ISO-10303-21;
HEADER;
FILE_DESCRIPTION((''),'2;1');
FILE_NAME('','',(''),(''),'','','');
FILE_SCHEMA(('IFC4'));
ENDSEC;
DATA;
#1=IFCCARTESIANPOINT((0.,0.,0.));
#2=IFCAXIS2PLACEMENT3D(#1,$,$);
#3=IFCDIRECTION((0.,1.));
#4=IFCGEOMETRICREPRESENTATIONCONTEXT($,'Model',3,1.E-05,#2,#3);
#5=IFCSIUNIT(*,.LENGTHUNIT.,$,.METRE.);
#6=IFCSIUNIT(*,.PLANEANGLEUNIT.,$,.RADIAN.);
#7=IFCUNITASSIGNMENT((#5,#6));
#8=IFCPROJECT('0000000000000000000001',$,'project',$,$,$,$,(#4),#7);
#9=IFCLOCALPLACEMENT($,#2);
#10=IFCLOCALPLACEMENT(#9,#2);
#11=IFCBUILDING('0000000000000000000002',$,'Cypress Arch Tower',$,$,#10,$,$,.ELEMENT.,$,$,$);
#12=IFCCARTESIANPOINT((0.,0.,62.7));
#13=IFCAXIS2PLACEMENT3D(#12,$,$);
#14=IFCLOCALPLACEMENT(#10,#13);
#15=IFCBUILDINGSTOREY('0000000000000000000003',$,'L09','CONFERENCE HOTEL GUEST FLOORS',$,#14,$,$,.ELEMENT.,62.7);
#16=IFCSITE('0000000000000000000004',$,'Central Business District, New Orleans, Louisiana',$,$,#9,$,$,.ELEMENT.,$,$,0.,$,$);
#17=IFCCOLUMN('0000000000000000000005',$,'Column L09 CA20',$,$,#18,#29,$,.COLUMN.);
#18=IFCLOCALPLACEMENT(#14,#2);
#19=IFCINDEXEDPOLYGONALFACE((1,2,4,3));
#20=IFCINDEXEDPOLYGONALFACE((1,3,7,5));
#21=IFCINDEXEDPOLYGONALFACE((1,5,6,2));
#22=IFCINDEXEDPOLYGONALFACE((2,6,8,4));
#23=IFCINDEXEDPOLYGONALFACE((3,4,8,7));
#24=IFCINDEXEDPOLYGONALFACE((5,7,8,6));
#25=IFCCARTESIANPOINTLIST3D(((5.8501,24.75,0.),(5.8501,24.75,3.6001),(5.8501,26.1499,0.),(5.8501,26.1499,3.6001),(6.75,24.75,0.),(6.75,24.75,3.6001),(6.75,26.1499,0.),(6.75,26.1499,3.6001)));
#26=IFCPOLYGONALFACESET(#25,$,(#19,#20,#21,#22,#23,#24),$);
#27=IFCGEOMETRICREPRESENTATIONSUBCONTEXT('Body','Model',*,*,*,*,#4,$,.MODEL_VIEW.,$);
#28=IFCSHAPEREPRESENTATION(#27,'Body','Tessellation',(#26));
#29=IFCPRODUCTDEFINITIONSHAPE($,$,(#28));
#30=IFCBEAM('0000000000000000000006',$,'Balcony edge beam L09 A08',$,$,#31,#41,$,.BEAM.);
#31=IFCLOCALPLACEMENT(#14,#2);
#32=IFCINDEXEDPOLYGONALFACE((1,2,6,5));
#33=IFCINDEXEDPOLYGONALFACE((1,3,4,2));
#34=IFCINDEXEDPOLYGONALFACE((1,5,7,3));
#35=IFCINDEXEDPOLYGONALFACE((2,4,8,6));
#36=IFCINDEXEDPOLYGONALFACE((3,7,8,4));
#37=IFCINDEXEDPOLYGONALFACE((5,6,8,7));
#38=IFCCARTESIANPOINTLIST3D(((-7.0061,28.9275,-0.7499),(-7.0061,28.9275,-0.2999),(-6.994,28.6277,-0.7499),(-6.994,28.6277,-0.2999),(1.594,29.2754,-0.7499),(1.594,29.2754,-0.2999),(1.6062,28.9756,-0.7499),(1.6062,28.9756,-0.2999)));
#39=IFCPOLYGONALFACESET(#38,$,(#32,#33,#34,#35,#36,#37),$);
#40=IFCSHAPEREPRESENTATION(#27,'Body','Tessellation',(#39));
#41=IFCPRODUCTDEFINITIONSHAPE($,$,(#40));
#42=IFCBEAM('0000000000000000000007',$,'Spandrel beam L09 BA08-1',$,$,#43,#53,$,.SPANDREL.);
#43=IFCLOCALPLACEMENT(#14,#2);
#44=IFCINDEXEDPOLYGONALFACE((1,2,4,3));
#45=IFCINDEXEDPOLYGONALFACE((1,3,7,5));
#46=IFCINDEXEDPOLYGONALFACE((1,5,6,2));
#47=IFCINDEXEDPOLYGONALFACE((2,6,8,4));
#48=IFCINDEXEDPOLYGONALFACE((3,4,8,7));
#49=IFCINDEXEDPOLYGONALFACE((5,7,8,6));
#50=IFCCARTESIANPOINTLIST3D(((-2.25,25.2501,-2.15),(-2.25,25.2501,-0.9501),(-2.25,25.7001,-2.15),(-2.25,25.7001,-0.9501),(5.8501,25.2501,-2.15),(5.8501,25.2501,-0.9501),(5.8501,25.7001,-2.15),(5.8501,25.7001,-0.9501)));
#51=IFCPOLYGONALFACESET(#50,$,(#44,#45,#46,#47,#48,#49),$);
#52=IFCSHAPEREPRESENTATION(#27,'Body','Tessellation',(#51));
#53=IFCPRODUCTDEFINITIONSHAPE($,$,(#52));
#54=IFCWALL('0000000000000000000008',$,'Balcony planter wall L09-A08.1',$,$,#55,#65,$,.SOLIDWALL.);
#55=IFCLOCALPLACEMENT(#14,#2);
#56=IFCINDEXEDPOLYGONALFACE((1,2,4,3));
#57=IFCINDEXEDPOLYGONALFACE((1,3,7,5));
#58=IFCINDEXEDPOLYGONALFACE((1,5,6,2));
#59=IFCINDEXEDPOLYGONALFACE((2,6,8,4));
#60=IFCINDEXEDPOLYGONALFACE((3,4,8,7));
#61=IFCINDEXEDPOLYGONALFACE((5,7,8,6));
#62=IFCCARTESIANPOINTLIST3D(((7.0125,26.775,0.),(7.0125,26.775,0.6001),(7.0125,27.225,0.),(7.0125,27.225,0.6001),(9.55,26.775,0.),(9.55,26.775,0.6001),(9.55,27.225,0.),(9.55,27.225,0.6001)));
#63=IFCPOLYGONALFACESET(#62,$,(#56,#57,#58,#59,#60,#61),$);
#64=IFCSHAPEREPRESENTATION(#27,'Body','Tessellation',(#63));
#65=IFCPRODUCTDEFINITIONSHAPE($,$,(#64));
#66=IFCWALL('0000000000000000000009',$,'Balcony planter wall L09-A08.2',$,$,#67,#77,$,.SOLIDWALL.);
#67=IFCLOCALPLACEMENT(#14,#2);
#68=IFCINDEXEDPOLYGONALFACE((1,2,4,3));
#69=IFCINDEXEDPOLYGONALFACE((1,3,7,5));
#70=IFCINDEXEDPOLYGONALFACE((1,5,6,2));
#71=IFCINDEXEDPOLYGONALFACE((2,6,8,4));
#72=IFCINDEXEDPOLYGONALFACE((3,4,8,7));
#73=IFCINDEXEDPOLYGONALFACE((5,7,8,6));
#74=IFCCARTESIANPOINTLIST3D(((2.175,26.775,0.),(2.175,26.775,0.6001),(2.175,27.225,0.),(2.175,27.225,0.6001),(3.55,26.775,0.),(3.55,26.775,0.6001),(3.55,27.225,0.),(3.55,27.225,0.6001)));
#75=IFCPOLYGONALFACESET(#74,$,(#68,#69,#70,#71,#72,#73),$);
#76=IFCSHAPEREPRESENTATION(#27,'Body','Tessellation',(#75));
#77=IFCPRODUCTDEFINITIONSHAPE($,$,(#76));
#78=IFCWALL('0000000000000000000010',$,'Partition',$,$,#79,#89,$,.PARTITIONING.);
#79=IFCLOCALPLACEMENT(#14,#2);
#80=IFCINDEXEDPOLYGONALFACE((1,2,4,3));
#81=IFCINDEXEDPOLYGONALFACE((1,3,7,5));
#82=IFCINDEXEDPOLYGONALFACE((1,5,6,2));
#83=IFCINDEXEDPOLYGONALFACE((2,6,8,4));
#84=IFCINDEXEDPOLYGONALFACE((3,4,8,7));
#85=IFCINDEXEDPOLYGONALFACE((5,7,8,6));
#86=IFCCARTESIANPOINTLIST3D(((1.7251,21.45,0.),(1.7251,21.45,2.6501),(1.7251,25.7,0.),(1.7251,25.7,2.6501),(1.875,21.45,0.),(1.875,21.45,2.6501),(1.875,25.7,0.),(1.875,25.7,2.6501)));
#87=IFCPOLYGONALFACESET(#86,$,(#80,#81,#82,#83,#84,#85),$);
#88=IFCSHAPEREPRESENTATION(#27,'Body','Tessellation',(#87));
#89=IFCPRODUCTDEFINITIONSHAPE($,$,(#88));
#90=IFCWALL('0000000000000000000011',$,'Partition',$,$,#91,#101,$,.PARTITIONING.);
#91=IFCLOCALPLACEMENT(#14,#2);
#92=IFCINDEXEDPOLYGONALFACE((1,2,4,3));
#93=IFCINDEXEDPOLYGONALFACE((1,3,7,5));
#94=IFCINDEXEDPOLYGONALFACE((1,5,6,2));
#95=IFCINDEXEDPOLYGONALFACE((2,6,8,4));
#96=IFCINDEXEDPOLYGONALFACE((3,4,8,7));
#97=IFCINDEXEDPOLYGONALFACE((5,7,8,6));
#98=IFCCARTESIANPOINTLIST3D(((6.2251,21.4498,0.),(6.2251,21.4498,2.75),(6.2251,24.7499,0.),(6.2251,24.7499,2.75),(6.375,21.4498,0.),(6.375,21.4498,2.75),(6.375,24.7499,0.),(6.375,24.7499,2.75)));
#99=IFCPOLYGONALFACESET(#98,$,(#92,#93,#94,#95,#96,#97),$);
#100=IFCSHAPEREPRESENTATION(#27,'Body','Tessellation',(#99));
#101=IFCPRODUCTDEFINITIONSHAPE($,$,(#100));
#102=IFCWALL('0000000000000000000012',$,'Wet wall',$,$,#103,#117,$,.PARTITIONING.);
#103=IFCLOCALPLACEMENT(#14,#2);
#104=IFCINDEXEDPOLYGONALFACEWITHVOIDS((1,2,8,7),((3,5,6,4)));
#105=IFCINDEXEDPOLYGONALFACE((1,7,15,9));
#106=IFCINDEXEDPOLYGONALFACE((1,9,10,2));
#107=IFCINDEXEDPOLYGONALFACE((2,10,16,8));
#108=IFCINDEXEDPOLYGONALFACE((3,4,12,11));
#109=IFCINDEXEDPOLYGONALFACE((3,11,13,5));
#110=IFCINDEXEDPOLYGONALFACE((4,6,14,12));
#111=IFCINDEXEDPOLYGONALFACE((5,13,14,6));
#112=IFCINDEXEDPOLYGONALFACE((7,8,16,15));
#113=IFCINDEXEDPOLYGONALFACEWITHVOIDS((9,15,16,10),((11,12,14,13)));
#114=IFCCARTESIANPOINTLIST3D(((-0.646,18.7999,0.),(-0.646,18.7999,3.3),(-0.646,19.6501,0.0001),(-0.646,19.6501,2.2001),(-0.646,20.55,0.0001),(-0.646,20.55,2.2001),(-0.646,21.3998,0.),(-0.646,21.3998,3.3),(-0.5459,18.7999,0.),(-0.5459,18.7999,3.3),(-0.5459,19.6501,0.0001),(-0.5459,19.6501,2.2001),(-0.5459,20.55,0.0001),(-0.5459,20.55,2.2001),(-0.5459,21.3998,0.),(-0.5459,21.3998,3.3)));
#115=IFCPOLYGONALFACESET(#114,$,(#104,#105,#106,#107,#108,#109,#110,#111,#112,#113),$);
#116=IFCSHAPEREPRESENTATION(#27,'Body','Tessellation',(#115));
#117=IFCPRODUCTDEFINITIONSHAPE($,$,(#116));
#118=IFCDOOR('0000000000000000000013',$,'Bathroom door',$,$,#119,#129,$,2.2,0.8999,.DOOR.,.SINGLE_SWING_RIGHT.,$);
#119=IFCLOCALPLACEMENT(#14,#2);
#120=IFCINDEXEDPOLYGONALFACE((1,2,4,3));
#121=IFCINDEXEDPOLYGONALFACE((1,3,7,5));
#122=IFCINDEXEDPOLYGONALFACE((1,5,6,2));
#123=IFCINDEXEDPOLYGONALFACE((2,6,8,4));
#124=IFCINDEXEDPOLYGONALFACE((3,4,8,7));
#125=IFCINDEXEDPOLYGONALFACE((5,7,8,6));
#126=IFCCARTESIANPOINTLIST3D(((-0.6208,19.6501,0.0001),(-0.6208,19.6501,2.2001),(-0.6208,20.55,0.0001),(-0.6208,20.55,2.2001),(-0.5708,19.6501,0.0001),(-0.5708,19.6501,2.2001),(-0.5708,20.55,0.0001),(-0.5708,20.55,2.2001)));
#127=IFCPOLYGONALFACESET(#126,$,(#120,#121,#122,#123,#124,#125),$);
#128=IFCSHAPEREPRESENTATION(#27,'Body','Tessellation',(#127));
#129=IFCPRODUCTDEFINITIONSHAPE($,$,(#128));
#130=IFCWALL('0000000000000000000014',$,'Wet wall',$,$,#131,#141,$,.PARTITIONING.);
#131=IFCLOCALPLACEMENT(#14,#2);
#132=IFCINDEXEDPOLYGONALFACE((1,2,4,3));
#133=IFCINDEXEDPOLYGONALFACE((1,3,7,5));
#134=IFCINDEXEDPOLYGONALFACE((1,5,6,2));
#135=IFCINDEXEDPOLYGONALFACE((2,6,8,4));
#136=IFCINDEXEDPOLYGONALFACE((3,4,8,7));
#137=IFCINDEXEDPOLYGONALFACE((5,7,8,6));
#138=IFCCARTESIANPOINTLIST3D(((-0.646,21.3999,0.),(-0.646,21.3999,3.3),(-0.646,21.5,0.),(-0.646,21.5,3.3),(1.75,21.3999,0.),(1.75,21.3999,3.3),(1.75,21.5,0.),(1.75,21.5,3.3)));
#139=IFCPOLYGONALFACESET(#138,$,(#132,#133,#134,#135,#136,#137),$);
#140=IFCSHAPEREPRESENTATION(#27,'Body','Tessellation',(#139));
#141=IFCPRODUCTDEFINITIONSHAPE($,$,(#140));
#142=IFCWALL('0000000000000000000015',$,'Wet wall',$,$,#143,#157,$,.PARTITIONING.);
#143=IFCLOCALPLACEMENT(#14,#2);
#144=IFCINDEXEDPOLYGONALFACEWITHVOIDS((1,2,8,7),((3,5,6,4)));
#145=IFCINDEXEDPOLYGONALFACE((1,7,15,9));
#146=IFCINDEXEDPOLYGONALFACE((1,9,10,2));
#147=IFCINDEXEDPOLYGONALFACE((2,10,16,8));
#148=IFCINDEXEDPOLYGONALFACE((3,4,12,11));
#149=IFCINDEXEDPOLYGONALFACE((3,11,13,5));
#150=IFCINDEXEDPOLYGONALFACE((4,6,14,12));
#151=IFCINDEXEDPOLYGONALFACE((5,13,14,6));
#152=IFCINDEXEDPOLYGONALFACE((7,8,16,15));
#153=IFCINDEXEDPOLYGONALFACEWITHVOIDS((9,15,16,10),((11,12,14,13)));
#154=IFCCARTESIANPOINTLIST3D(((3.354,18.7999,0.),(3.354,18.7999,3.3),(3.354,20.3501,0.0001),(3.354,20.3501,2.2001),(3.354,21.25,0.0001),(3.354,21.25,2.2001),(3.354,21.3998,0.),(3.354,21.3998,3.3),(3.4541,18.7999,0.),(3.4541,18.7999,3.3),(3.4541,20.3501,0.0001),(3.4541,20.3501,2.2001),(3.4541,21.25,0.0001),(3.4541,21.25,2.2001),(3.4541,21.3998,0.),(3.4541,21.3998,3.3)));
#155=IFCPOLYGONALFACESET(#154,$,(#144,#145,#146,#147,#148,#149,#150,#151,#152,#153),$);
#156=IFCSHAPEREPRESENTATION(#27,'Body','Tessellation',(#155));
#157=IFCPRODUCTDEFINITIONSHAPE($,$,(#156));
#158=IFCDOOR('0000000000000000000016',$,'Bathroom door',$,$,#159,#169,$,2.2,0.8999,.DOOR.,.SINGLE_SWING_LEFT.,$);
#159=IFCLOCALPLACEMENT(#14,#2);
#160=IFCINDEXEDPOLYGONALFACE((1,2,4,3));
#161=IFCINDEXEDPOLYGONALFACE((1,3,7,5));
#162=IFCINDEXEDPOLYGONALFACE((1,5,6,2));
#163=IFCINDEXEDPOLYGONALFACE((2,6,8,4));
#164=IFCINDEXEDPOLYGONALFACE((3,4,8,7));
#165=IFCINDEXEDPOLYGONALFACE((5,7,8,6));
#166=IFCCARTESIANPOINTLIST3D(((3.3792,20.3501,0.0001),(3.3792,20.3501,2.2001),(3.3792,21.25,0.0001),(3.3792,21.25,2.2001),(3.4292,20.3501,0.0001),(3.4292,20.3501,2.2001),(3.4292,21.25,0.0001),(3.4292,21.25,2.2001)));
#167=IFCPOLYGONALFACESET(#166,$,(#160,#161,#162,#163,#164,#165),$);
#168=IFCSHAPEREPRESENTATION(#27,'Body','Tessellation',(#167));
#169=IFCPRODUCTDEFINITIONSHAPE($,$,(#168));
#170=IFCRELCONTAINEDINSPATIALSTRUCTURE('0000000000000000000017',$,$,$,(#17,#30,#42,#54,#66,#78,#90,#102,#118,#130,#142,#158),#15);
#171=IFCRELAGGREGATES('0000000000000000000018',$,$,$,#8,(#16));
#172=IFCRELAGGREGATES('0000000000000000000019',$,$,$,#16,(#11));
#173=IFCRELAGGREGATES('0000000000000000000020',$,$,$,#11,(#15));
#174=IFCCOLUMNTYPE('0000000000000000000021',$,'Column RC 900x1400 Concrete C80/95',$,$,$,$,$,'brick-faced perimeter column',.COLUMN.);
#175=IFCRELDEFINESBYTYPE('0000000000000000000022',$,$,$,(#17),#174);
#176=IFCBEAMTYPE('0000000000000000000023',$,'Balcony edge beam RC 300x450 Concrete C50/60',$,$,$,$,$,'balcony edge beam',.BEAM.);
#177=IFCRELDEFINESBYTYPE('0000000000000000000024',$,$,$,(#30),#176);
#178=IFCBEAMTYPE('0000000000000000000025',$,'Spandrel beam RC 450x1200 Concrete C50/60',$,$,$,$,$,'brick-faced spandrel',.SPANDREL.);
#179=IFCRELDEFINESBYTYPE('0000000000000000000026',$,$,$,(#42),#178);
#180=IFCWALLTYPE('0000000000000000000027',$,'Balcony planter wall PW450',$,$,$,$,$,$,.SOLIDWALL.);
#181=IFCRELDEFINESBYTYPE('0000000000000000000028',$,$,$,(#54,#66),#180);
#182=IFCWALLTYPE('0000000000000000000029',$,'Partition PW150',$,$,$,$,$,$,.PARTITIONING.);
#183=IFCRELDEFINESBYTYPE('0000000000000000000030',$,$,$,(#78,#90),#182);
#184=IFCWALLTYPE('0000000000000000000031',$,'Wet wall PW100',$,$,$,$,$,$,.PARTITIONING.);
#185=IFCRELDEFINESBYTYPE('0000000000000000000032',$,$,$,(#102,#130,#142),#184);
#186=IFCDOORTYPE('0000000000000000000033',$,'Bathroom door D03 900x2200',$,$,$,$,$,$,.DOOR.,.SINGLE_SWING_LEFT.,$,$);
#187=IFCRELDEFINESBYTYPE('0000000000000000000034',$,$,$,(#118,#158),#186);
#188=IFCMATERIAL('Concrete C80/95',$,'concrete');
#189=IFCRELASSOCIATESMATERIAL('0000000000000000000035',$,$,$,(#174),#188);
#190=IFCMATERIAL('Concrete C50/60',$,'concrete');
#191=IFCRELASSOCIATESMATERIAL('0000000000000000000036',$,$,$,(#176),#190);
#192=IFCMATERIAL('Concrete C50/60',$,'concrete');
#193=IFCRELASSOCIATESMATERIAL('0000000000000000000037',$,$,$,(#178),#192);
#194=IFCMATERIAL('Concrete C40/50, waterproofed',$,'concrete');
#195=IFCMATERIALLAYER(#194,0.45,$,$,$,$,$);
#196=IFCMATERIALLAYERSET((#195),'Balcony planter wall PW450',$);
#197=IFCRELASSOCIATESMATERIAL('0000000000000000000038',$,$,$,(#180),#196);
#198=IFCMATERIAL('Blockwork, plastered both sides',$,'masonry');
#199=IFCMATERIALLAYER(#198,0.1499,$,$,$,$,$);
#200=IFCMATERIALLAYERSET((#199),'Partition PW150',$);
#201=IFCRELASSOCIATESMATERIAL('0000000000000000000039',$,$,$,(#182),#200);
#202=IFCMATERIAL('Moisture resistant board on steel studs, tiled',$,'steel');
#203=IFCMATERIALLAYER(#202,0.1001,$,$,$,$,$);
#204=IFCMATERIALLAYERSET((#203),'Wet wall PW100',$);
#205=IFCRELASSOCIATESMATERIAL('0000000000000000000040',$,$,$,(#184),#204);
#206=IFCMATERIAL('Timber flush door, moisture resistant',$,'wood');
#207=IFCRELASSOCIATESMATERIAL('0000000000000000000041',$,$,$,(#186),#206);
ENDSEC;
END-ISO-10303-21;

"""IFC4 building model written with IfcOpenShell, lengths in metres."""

from ifc_helpers import new_model, si_unit, direction, frame, frame_2d, origin, origin_2d, place, context, subcontext, project, spatial, rectangle, extrude, material, layer, layer_set, material_profile, profile_set, type_object, element, fill, save


model = new_model("IFC4")

# Units and contexts
model_context = context("Model", 3, precision=1e-05, world=origin(), true_north=direction((0.0, 1.0)))
body_context = subcontext(model_context, "Body", "Model", "MODEL_VIEW")
ifc_project = project(units=[si_unit("LENGTHUNIT", "METRE"), si_unit("PLANEANGLEUNIT", "RADIAN")], contexts=[model_context])

# Site, building, storey
site_placement = place(None, origin())
site = spatial("IfcSite", under=ifc_project, at=site_placement, Name="Central Business District, New Orleans, Louisiana", CompositionType="ELEMENT", RefElevation=0.0)
building_placement = place(site_placement, origin())
building = spatial("IfcBuilding", under=site, at=building_placement, Name="Cypress Arch Tower", CompositionType="ELEMENT")
storey_placement = place(building_placement, frame((0.0, 0.0, 62.7)))
storey = spatial("IfcBuildingStorey", under=building, at=storey_placement, Name="L09", Description="CONFERENCE HOTEL GUEST FLOORS", CompositionType="ELEMENT", Elevation=62.7)

# Column
ifc_material_1 = material(Name="Concrete C80/95", Category="concrete")
ifc_material_profile_1 = material_profile(ifc_material_1, rectangle(XDim=0.8999, YDim=1.3999, at=origin_2d()), Name="RC 900x1400")
ifc_profile_set_1 = profile_set([ifc_material_profile_1], Name="Concrete C80/95")
column_type = type_object("IfcColumnType", Name="Column RC 900x1400 Concrete C80/95", ElementType="brick-faced perimeter column", PredefinedType="COLUMN", material=ifc_profile_set_1)
column_placement = place(storey_placement, frame((6.3, 25.45, 0.0), z_axis=(0.0, 0.0, 1.0), x_axis=(-1.0, 0.0, 0.0)))
element("IfcColumn", 1, at=column_placement, inside=storey, type_object=column_type, Name="Column L09 CA20", PredefinedType="COLUMN", context=body_context, shape_type="SweptSolid", body=[
    extrude(rectangle(XDim=0.8999, YDim=1.3999, at=origin_2d()), origin(), (0.0, 0.0, 1.0), 3.6001),
])

# Beams
ifc_material_2 = material(Name="Concrete C50/60", Category="concrete")
ifc_material_profile_2 = material_profile(ifc_material_2, rectangle(XDim=0.3, YDim=0.45, at=origin_2d()), Name="RC 300x450")
ifc_profile_set_2 = profile_set([ifc_material_profile_2], Name="Concrete C50/60")
beam_type_1 = type_object("IfcBeamType", Name="Balcony edge beam RC 300x450 Concrete C50/60", ElementType="balcony edge beam", PredefinedType="BEAM", material=ifc_profile_set_2)
beam_1_placement = place(storey_placement, frame((1.6001, 29.1255, -0.5249), z_axis=(-0.999183, -0.04042, 0.0), x_axis=(0.04042, -0.999183, 0.0)))
element("IfcBeam", 2, at=beam_1_placement, inside=storey, type_object=beam_type_1, Name="Balcony edge beam L09 A08", PredefinedType="BEAM", context=body_context, shape_type="SweptSolid", body=[
    extrude(rectangle(XDim=0.3, YDim=0.45, at=origin_2d()), origin(), (0.0, 0.0, 1.0), 8.6072),
])
ifc_material_3 = material(Name="Concrete C50/60", Category="concrete")
ifc_material_profile_3 = material_profile(ifc_material_3, rectangle(XDim=0.45, YDim=1.2, at=origin_2d()), Name="RC 450x1200")
ifc_profile_set_3 = profile_set([ifc_material_profile_3], Name="Concrete C50/60")
beam_type_2 = type_object("IfcBeamType", Name="Spandrel beam RC 450x1200 Concrete C50/60", ElementType="brick-faced spandrel", PredefinedType="SPANDREL", material=ifc_profile_set_3)
beam_2_placement = place(storey_placement, frame((5.8501, 25.4751, -1.55), z_axis=(-1.0, 0.0, 0.0), x_axis=(0.0, -1.0, 0.0)))
element("IfcBeam", 3, at=beam_2_placement, inside=storey, type_object=beam_type_2, Name="Spandrel beam L09 BA08-1", PredefinedType="SPANDREL", context=body_context, shape_type="SweptSolid", body=[
    extrude(rectangle(XDim=0.45, YDim=1.2, at=origin_2d()), origin(), (0.0, 0.0, 1.0), 8.1001),
])

# Walls
ifc_material_4 = material(Name="Concrete C40/50, waterproofed", Category="concrete")
ifc_layer_1 = layer(ifc_material_4, 0.45)
ifc_layer_set_1 = layer_set([ifc_layer_1], Name="Balcony planter wall PW450")
wall_type_1 = type_object("IfcWallType", Name="Balcony planter wall PW450", PredefinedType="SOLIDWALL", material=ifc_layer_set_1)
wall_1_placement = place(storey_placement, frame((9.55, 27.0, 0.0), z_axis=(0.0, 0.0, 1.0), x_axis=(-1.0, 0.0, 0.0)))
element("IfcWall", 4, at=wall_1_placement, inside=storey, type_object=wall_type_1, Name="Balcony planter wall L09-A08.1", PredefinedType="SOLIDWALL", context=body_context, shape_type="SweptSolid", body=[
    extrude(rectangle(XDim=2.5376, YDim=0.45, at=frame_2d((1.2688, 0.0))), origin(), (0.0, 0.0, 1.0), 0.6001),
])
wall_2_placement = place(storey_placement, frame((3.55, 27.0, 0.0), z_axis=(0.0, 0.0, 1.0), x_axis=(-1.0, 0.0, 0.0)))
element("IfcWall", 5, at=wall_2_placement, inside=storey, type_object=wall_type_1, Name="Balcony planter wall L09-A08.2", PredefinedType="SOLIDWALL", context=body_context, shape_type="SweptSolid", body=[
    extrude(rectangle(XDim=1.375, YDim=0.45, at=frame_2d((0.6875, 0.0))), origin(), (0.0, 0.0, 1.0), 0.6001),
])

# Walls
ifc_material_5 = material(Name="Blockwork, plastered both sides", Category="masonry")
ifc_layer_2 = layer(ifc_material_5, 0.1499)
ifc_layer_set_2 = layer_set([ifc_layer_2], Name="Partition PW150")
wall_type_2 = type_object("IfcWallType", Name="Partition PW150", PredefinedType="PARTITIONING", material=ifc_layer_set_2)
wall_3_placement = place(storey_placement, frame((1.8, 21.45, 0.0), z_axis=(0.0, 0.0, 1.0), x_axis=(0.0, 1.0, 0.0)))
element("IfcWall", 6, at=wall_3_placement, inside=storey, type_object=wall_type_2, Name="Partition", PredefinedType="PARTITIONING", context=body_context, shape_type="SweptSolid", body=[
    extrude(rectangle(XDim=4.25, YDim=0.1499, at=frame_2d((2.125, 0.0))), origin(), (0.0, 0.0, 1.0), 2.6501),
])
wall_4_placement = place(storey_placement, frame((6.3, 21.45, 0.0), z_axis=(0.0, 0.0, 1.0), x_axis=(0.0, 1.0, 0.0)))
element("IfcWall", 7, at=wall_4_placement, inside=storey, type_object=wall_type_2, Name="Partition", PredefinedType="PARTITIONING", context=body_context, shape_type="SweptSolid", body=[
    extrude(rectangle(XDim=3.3, YDim=0.1499, at=frame_2d((1.6499, 0.0))), origin(), (0.0, 0.0, 1.0), 2.75),
])

# Wall, opening, door
ifc_material_6 = material(Name="Moisture resistant board on steel studs, tiled", Category="steel")
ifc_layer_3 = layer(ifc_material_6, 0.1001)
ifc_layer_set_3 = layer_set([ifc_layer_3], Name="Wet wall PW100")
wall_type_3 = type_object("IfcWallType", Name="Wet wall PW100", PredefinedType="PARTITIONING", material=ifc_layer_set_3)
wall_5_placement = place(storey_placement, frame((-0.5959, 18.8, 0.0), z_axis=(0.0, 0.0, 1.0), x_axis=(0.0, 1.0, 0.0)))
wall_5 = element("IfcWall", 8, at=wall_5_placement, inside=storey, type_object=wall_type_3, Name="Wet wall", PredefinedType="PARTITIONING", context=body_context, shape_type="SweptSolid", body=[
    extrude(rectangle(XDim=2.5999, YDim=0.1001, at=frame_2d((1.2998, 0.0))), origin(), (0.0, 0.0, 1.0), 3.3),
])
opening_1_placement = place(wall_5_placement, frame((0.8501, 0.0, 0.0)))
opening_1 = element("IfcOpeningElement", 9, at=opening_1_placement, cuts=wall_5, PredefinedType="OPENING", context=body_context, shape_type="SweptSolid", body=[
    extrude(rectangle(XDim=0.8999, YDim=2.2, at=frame_2d((0.45, 1.1001))), frame((0.0, 0.0601, 0.0), z_axis=(0.0, -1.0, 0.0), x_axis=(1.0, 0.0, 0.0)), (0.0, 0.0, 1.0), 0.1201),
])
ifc_material_7 = material(Name="Timber flush door, moisture resistant", Category="wood")
door_type_1 = type_object("IfcDoorType", Name="Bathroom door D03 900x2200", OperationType="SINGLE_SWING_LEFT", PredefinedType="DOOR", material=ifc_material_7)
door_1_placement = place(opening_1_placement, origin())
door_1 = element("IfcDoor", 10, at=door_1_placement, inside=storey, type_object=door_type_1, Name="Bathroom door", OperationType="SINGLE_SWING_RIGHT", OverallHeight=2.2, OverallWidth=0.8999, PredefinedType="DOOR", context=body_context, shape_type="SweptSolid", body=[
    extrude(rectangle(XDim=0.8999, YDim=2.2, at=frame_2d((0.45, 1.1001))), frame((0.0, 0.0249, 0.0), z_axis=(0.0, -1.0, 0.0), x_axis=(1.0, 0.0, 0.0)), (0.0, 0.0, 1.0), 0.05),
])
fill(opening_1, door_1)

# Wall
wall_6_placement = place(storey_placement, frame((-0.646, 21.45, 0.0), z_axis=(0.0, 0.0, 1.0), x_axis=(1.0, 0.0, 0.0)))
element("IfcWall", 11, at=wall_6_placement, inside=storey, type_object=wall_type_3, Name="Wet wall", PredefinedType="PARTITIONING", context=body_context, shape_type="SweptSolid", body=[
    extrude(rectangle(XDim=2.396, YDim=0.1001, at=frame_2d((1.198, 0.0))), origin(), (0.0, 0.0, 1.0), 3.3),
])

# Wall, opening, door
wall_7_placement = place(storey_placement, frame((3.4041, 18.8, 0.0), z_axis=(0.0, 0.0, 1.0), x_axis=(0.0, 1.0, 0.0)))
wall_7 = element("IfcWall", 12, at=wall_7_placement, inside=storey, type_object=wall_type_3, Name="Wet wall", PredefinedType="PARTITIONING", context=body_context, shape_type="SweptSolid", body=[
    extrude(rectangle(XDim=2.5999, YDim=0.1001, at=frame_2d((1.2998, 0.0))), origin(), (0.0, 0.0, 1.0), 3.3),
])
opening_2_placement = place(wall_7_placement, frame((1.55, 0.0, 0.0)))
opening_2 = element("IfcOpeningElement", 13, at=opening_2_placement, cuts=wall_7, PredefinedType="OPENING", context=body_context, shape_type="SweptSolid", body=[
    extrude(rectangle(XDim=0.8999, YDim=2.2, at=frame_2d((0.45, 1.1001))), frame((0.0, 0.0601, 0.0), z_axis=(0.0, -1.0, 0.0), x_axis=(1.0, 0.0, 0.0)), (0.0, 0.0, 1.0), 0.1201),
])
door_2_placement = place(opening_2_placement, origin())
door_2 = element("IfcDoor", 14, at=door_2_placement, inside=storey, type_object=door_type_1, Name="Bathroom door", OperationType="SINGLE_SWING_LEFT", OverallHeight=2.2, OverallWidth=0.8999, PredefinedType="DOOR", context=body_context, shape_type="SweptSolid", body=[
    extrude(rectangle(XDim=0.8999, YDim=2.2, at=frame_2d((0.45, 1.1001))), frame((0.0, 0.0249, 0.0), z_axis=(0.0, -1.0, 0.0), x_axis=(1.0, 0.0, 0.0)), (0.0, 0.0, 1.0), 0.05),
])
fill(opening_2, door_2)

save(model, "model.ifc")
